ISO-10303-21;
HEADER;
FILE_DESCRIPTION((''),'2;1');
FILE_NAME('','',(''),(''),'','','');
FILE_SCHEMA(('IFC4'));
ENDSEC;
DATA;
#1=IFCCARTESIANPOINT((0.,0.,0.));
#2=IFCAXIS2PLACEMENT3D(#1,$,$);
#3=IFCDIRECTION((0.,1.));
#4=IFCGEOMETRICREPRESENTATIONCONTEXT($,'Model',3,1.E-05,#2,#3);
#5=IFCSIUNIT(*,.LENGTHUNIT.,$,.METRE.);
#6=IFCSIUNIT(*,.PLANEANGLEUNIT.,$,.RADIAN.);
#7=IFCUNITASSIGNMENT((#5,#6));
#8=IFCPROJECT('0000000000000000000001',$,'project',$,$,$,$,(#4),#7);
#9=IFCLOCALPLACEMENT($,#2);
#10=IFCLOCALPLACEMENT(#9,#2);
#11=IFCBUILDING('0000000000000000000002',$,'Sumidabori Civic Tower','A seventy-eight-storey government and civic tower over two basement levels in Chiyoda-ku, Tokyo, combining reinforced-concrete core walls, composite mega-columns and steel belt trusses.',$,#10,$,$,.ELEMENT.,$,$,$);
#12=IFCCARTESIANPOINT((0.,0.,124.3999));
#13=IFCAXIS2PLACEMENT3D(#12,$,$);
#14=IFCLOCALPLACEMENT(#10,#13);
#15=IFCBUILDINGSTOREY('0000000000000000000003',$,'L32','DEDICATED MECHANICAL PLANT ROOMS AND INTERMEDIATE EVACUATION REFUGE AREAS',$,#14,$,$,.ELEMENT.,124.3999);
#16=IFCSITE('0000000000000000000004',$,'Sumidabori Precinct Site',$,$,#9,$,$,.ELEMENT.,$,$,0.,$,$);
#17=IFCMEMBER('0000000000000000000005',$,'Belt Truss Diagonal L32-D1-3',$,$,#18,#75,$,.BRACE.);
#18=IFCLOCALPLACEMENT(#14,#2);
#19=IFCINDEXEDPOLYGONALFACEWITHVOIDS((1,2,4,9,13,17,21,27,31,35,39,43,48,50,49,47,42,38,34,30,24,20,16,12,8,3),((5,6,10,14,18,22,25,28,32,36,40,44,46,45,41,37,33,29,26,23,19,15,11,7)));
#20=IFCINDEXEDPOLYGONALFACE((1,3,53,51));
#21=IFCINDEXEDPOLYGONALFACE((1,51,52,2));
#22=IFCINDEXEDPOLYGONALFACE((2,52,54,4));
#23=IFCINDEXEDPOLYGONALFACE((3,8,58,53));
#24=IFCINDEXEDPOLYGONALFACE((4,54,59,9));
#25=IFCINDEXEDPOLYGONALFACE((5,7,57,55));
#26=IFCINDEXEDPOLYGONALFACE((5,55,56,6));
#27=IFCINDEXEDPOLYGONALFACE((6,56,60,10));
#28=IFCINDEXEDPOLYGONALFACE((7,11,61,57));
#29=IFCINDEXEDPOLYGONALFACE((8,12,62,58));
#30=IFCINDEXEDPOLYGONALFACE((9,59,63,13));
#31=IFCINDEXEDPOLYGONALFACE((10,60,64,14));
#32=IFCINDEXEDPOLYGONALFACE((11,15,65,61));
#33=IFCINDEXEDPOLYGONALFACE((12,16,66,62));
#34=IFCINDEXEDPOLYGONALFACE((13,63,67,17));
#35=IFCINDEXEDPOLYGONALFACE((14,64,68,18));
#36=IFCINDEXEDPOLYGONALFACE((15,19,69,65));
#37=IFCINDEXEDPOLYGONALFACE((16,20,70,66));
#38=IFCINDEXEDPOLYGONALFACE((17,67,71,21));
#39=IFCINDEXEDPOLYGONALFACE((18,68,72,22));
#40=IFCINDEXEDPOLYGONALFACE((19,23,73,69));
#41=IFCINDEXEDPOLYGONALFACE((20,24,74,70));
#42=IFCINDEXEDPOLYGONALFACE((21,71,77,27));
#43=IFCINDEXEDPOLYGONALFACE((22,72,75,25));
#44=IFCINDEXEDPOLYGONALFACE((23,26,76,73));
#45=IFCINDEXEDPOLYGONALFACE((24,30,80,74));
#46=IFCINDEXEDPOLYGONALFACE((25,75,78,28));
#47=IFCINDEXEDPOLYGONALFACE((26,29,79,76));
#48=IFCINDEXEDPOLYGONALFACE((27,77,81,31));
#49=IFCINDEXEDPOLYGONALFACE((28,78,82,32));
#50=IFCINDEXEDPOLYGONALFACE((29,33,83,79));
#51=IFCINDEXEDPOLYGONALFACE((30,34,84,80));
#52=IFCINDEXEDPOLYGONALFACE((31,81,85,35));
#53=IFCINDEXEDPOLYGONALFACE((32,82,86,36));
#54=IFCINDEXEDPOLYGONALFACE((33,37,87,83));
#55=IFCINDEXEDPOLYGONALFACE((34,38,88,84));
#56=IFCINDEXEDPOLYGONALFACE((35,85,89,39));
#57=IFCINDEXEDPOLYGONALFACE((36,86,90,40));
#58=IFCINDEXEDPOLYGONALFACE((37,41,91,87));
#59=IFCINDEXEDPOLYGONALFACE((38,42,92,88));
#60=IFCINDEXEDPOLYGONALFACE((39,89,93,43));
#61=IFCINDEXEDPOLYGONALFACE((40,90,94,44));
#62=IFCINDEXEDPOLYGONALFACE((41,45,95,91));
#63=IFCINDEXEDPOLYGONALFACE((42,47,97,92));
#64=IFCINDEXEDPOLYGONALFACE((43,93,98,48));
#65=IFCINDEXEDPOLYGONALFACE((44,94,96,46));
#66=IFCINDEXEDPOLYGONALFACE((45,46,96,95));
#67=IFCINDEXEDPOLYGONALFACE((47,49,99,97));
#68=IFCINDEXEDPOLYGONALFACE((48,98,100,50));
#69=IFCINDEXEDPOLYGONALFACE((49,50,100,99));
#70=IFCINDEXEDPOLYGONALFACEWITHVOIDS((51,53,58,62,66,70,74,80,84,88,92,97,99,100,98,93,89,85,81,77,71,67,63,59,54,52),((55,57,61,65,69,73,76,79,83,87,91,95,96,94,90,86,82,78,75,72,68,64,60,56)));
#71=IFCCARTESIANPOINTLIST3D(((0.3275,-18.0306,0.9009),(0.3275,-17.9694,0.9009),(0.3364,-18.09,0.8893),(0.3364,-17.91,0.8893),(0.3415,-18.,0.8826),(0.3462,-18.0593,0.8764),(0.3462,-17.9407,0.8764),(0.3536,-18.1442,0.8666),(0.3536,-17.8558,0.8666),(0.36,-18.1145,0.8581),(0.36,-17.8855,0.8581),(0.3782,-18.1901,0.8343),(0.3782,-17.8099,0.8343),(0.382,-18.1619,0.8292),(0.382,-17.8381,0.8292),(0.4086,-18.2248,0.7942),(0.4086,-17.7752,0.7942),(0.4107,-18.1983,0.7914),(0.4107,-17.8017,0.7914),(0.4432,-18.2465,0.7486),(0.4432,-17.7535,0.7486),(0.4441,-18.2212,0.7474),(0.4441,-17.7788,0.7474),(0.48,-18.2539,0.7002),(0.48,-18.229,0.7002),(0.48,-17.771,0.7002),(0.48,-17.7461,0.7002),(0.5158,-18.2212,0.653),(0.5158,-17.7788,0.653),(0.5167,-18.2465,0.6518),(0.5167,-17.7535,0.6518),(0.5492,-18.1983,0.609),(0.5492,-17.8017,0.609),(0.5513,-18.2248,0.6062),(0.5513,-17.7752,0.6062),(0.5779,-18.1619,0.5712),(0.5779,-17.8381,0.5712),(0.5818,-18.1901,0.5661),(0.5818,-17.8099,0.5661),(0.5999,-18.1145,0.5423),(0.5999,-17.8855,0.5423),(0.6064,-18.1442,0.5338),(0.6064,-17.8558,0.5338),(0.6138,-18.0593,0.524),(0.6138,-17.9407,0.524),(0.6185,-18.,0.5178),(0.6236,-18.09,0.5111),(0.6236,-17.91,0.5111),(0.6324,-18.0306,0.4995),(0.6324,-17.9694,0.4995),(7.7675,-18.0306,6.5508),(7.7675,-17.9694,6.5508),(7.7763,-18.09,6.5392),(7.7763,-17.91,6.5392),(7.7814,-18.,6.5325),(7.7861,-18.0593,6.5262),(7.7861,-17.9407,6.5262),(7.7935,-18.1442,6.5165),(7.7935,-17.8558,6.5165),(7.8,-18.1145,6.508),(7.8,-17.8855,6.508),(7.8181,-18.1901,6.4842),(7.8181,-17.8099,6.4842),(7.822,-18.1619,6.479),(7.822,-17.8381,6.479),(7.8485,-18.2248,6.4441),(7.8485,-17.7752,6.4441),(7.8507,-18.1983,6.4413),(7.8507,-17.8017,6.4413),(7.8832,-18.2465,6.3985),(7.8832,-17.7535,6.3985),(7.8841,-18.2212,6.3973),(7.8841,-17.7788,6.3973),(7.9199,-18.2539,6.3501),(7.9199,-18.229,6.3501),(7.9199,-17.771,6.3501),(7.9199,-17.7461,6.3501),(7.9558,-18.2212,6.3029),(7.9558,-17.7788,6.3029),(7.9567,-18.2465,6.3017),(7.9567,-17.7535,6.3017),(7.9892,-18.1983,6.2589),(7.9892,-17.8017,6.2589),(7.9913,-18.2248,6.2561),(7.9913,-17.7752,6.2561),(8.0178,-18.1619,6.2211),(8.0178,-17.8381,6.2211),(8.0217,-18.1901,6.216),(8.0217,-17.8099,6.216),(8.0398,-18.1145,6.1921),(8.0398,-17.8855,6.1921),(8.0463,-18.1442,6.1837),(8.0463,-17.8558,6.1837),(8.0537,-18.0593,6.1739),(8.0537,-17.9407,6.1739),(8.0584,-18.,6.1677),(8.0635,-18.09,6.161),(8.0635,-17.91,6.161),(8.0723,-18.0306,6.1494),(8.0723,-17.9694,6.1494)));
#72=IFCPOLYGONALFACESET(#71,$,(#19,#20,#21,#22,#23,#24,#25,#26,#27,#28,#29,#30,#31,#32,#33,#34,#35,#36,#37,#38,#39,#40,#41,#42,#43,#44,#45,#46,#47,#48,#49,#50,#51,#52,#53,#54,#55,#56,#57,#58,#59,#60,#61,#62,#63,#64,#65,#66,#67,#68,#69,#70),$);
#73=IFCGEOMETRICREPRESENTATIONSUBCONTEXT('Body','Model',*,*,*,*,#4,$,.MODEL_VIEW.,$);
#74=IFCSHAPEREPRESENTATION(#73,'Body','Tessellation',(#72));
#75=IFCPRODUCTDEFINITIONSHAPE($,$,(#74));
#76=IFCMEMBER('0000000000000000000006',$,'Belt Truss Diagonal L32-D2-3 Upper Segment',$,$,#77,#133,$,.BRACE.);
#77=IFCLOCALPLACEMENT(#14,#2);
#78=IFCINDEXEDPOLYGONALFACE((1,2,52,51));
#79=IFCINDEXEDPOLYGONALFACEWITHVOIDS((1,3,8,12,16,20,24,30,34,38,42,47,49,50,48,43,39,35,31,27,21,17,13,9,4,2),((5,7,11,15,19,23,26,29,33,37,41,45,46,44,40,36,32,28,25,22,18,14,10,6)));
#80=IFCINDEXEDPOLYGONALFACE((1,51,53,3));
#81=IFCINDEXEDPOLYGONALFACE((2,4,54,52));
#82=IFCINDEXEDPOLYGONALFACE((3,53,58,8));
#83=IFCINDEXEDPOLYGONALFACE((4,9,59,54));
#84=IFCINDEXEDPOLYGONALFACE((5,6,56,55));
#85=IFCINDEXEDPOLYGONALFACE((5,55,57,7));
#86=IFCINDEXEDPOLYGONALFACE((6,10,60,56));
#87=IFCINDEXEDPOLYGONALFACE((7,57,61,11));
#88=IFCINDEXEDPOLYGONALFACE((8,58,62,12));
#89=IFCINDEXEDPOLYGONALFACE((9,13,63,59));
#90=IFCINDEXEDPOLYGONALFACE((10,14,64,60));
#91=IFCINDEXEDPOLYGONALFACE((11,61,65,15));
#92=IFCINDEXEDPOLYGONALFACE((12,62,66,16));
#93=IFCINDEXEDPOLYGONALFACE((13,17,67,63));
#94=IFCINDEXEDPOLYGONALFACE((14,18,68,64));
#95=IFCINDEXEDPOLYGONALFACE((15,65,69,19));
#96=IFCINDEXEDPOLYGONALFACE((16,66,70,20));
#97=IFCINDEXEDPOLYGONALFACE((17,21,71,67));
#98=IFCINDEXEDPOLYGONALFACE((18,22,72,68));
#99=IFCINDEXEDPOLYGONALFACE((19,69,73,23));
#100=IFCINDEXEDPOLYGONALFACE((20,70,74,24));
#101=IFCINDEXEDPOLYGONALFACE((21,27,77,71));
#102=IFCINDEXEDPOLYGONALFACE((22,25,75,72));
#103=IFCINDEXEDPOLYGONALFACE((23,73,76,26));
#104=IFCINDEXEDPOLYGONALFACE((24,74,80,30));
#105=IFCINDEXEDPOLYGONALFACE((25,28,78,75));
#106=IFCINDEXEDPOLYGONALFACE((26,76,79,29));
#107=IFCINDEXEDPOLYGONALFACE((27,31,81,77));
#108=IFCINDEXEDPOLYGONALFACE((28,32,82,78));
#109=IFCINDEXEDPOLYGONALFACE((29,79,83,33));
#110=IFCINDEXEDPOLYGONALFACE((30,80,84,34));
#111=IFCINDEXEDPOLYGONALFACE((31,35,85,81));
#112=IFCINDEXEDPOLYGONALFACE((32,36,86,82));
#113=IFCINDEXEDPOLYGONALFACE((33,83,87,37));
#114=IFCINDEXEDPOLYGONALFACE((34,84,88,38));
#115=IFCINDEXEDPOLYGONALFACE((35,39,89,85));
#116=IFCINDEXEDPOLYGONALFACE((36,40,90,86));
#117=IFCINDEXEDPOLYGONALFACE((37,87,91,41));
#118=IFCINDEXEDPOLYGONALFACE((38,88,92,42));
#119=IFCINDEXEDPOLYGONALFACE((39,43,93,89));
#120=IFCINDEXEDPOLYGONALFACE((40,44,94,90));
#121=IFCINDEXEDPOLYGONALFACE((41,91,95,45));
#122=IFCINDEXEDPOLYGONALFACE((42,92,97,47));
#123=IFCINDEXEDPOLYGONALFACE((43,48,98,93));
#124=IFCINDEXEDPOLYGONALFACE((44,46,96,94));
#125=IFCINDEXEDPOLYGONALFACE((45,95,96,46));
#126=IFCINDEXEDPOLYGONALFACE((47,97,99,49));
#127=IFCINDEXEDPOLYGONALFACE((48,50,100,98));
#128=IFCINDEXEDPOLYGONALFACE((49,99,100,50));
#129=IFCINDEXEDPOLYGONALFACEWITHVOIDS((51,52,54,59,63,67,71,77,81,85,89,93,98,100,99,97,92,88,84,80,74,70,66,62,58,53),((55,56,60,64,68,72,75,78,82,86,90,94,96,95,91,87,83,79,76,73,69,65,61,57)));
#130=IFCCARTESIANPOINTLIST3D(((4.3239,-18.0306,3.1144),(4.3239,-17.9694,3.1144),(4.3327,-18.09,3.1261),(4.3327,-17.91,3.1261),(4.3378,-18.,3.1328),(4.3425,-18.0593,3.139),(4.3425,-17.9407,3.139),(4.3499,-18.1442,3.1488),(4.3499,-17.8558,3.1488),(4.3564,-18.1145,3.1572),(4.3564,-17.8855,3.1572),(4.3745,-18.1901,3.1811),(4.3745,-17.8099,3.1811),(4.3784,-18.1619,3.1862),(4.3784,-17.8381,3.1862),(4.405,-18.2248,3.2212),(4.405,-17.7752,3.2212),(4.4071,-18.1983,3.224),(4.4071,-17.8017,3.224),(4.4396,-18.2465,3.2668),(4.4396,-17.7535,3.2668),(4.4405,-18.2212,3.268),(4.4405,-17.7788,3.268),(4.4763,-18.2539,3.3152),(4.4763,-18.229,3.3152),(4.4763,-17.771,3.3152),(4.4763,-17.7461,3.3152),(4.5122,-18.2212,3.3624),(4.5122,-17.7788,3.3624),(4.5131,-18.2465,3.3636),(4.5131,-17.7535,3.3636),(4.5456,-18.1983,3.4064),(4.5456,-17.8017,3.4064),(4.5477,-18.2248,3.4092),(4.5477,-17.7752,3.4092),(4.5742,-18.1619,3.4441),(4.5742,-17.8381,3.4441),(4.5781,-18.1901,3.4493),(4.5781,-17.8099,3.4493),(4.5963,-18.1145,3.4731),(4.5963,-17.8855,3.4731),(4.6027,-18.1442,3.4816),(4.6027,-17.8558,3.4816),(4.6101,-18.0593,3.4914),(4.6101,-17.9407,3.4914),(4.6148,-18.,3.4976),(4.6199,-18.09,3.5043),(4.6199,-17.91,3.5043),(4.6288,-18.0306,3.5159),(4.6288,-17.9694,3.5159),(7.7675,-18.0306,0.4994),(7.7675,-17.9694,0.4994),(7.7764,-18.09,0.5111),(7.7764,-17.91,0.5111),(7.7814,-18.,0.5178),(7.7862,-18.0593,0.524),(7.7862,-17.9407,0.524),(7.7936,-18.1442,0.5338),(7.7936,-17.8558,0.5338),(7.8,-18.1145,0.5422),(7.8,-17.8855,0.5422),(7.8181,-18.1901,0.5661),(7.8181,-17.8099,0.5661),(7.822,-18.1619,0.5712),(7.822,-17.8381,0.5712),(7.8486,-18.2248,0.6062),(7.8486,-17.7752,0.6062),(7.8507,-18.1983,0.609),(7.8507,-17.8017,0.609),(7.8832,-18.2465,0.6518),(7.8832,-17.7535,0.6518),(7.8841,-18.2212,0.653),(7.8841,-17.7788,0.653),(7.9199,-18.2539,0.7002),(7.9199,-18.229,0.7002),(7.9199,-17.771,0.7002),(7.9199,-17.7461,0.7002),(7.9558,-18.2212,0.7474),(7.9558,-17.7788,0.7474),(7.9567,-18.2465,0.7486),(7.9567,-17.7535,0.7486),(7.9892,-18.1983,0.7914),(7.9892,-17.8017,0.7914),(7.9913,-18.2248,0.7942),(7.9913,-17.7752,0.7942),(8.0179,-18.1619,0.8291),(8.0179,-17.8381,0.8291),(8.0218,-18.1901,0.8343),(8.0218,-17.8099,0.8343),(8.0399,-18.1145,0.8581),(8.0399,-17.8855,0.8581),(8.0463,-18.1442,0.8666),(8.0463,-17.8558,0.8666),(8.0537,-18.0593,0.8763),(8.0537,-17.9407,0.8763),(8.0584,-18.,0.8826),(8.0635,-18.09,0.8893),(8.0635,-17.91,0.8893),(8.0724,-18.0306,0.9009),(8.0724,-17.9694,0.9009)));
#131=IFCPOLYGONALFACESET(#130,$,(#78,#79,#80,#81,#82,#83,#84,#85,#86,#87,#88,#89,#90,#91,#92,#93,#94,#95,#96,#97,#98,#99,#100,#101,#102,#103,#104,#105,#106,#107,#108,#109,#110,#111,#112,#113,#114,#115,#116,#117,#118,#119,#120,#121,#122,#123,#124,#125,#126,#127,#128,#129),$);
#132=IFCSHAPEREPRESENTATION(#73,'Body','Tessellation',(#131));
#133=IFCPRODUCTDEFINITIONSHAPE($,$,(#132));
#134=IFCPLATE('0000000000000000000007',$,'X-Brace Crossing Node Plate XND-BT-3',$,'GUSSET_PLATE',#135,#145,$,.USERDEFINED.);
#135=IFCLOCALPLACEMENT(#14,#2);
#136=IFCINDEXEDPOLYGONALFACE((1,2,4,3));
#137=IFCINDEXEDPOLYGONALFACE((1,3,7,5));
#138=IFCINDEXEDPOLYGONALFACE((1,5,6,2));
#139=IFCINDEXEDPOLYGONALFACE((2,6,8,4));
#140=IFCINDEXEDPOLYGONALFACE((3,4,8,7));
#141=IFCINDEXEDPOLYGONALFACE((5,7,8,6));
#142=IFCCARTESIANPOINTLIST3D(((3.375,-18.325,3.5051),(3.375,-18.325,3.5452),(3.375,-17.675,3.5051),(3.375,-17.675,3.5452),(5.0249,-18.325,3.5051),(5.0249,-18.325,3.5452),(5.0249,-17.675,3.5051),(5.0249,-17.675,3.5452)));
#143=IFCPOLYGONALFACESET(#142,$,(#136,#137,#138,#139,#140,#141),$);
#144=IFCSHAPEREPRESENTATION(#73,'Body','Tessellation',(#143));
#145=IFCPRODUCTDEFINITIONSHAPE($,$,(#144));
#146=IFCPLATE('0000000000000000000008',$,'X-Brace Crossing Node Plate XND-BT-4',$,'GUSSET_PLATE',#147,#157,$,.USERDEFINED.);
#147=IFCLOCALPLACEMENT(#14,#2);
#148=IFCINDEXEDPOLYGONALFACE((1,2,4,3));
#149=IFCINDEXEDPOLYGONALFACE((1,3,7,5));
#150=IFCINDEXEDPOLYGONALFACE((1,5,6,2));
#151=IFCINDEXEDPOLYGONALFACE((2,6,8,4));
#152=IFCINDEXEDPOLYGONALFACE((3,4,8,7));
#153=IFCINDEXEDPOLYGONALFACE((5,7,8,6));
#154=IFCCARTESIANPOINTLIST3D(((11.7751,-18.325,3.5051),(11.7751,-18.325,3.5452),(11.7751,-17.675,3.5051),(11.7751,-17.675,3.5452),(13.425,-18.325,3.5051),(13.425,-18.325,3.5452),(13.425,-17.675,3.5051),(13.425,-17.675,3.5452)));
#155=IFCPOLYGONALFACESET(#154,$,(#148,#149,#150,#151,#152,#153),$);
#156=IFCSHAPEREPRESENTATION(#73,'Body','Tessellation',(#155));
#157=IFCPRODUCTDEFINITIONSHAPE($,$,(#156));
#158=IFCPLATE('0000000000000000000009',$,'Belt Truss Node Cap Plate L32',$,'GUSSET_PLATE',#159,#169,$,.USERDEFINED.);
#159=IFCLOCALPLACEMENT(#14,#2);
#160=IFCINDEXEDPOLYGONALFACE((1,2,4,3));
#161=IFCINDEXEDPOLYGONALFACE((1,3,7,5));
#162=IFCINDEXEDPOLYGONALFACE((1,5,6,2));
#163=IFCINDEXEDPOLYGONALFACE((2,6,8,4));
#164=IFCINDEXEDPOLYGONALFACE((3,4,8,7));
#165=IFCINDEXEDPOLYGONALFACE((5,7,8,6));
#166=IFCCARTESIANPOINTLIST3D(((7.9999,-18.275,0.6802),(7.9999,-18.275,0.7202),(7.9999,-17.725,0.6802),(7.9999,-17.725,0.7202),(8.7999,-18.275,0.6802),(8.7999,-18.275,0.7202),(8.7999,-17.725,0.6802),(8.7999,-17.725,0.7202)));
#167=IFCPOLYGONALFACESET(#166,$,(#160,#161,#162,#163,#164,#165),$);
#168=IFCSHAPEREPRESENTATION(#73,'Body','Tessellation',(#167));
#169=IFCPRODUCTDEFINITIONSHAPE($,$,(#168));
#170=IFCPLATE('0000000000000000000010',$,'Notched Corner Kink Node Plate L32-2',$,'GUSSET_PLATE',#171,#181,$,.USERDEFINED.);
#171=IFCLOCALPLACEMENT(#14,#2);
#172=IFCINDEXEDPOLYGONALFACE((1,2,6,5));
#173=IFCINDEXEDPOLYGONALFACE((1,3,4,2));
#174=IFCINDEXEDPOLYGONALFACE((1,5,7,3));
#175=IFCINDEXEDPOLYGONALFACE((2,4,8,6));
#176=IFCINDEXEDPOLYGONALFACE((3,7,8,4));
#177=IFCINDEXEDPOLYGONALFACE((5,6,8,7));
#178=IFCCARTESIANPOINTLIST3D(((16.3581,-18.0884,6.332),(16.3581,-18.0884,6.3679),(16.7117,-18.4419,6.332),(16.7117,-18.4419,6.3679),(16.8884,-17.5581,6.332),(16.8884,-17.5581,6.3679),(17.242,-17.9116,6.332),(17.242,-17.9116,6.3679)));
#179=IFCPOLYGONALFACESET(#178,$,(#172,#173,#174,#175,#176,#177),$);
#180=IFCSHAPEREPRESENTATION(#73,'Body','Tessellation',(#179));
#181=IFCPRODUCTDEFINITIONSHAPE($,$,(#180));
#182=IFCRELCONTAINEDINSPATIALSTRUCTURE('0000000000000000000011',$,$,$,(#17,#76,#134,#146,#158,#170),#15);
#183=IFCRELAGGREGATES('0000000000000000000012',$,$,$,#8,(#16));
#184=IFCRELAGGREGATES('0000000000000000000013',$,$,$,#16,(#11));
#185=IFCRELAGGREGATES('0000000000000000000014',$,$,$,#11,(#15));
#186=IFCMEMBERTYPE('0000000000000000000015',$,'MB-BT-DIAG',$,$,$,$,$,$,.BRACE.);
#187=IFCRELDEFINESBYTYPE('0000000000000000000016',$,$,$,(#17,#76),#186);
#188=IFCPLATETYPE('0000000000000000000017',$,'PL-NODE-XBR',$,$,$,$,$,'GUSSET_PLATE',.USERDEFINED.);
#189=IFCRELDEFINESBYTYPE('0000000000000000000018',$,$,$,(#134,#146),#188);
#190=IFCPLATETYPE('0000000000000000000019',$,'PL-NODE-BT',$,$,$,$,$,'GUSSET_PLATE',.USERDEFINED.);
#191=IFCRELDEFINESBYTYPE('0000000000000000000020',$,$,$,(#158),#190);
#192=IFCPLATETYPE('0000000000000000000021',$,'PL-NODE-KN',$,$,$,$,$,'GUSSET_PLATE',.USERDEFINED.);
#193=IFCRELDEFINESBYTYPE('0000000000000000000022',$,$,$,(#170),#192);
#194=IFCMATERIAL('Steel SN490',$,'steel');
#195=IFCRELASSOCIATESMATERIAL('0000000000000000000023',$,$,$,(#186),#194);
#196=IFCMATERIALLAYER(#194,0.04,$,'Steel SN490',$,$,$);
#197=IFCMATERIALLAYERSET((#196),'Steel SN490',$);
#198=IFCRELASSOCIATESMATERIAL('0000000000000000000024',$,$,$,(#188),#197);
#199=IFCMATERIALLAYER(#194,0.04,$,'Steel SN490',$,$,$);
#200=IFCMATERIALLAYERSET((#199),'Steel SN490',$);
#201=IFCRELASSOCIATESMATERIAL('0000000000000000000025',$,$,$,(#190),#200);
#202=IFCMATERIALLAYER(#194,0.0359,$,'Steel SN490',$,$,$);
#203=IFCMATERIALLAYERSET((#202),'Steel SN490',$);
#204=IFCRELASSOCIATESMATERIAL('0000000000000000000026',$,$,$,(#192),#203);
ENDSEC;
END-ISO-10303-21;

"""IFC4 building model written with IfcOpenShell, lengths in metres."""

from ifc_helpers import new_model, si_unit, direction, frame, origin, origin_2d, place, context, subcontext, project, spatial, rectangle, hollow_circle, extrude, source, transform, mapped, material, layer, layer_set, material_profile, profile_set, type_object, element, save


model = new_model("IFC4")

# Units and contexts
model_context = context("Model", 3, precision=1e-05, world=origin(), true_north=direction((0.0, 1.0)))
body_context = subcontext(model_context, "Body", "Model", "MODEL_VIEW")
ifc_project = project(units=[si_unit("LENGTHUNIT", "METRE"), si_unit("PLANEANGLEUNIT", "RADIAN")], contexts=[model_context])

# Site, building, storey
site_placement = place(None, origin())
site = spatial("IfcSite", under=ifc_project, at=site_placement, Name="Sumidabori Precinct Site", CompositionType="ELEMENT", RefElevation=0.0)
building_placement = place(site_placement, origin())
building = spatial("IfcBuilding", under=site, at=building_placement, Name="Sumidabori Civic Tower", Description="A seventy-eight-storey government and civic tower over two basement levels in Chiyoda-ku, Tokyo, combining reinforced-concrete core walls, composite mega-columns and steel belt trusses.", CompositionType="ELEMENT")
storey_placement = place(building_placement, frame((0.0, 0.0, 124.3999)))
storey = spatial("IfcBuildingStorey", under=building, at=storey_placement, Name="L32", Description="DEDICATED MECHANICAL PLANT ROOMS AND INTERMEDIATE EVACUATION REFUGE AREAS", CompositionType="ELEMENT", Elevation=124.3999)

# Shared definitions
ifc_material_1 = material(Name="Steel SN490", Category="steel")

# Shared definitions
ifc_material_profile_1 = material_profile(ifc_material_1, hollow_circle(Radius=0.2539, WallThickness=0.0249, at=origin_2d()), Name="CHS 508x25")
ifc_profile_set_1 = profile_set([ifc_material_profile_1], Name="Steel SN490")
member_type = type_object("IfcMemberType", Name="MB-BT-DIAG", PredefinedType="BRACE", material=ifc_profile_set_1)

# Members
shared_shape_1 = source(origin(), body_context, "Body", "SweptSolid", [
    extrude(hollow_circle(Radius=0.2539, WallThickness=0.0249, at=origin_2d()), origin(), (0.0, 0.0, 1.0), 9.342),
])
member_1_placement = place(storey_placement, frame((0.48, -18.0, 0.7002), z_axis=(0.796392, 0.0, 0.604781), x_axis=(0.0, 1.0, 0.0)))
element("IfcMember", 1, at=member_1_placement, inside=storey, type_object=member_type, Name="Belt Truss Diagonal L32-D1-3", PredefinedType="BRACE", context=body_context, shape_type="MappedRepresentation", body=[
    mapped(shared_shape_1, transform((0.0, 0.0, 0.0), x_axis=(1.0, 0.0, 0.0), y_axis=(0.0, 1.0, 0.0), z_axis=(0.0, 0.0, 1.0), scale=1.0)),
])
shared_shape_2 = source(origin(), body_context, "Body", "SweptSolid", [
    extrude(hollow_circle(Radius=0.2539, WallThickness=0.0249, at=origin_2d()), origin(), (0.0, 0.0, 1.0), 4.324),
])
member_2_placement = place(storey_placement, frame((4.4763, -18.0, 3.3152), z_axis=(0.796401, 0.0, -0.604768), x_axis=(0.0, 1.0, 0.0)))
element("IfcMember", 2, at=member_2_placement, inside=storey, type_object=member_type, Name="Belt Truss Diagonal L32-D2-3 Upper Segment", PredefinedType="BRACE", context=body_context, shape_type="MappedRepresentation", body=[
    mapped(shared_shape_2, transform((0.0, 0.0, 0.0), x_axis=(1.0, 0.0, 0.0), y_axis=(0.0, 1.0, 0.0), z_axis=(0.0, 0.0, 1.0), scale=1.0)),
])

# Plates
ifc_layer_1 = layer(ifc_material_1, 0.04, Name="Steel SN490")
ifc_layer_set_1 = layer_set([ifc_layer_1], Name="Steel SN490")
plate_type_1 = type_object("IfcPlateType", Name="PL-NODE-XBR", ElementType="GUSSET_PLATE", PredefinedType="USERDEFINED", material=ifc_layer_set_1)
shared_shape_3 = source(origin(), body_context, "Body", "SweptSolid", [
    extrude(rectangle(XDim=1.6499, YDim=0.6499, at=origin_2d()), origin(), (0.0, 0.0, 1.0), 0.04),
])
for number, where, z_axis, x_axis, name in (
    (3, (4.2, -18.0, 3.5051), (0.0, 0.0, 1.0), (1.0, 0.0, 0.0), "X-Brace Crossing Node Plate XND-BT-3"),
    (4, (12.6001, -18.0, 3.5051), (0.0, 0.0, 1.0), (1.0, 0.0, 0.0), "X-Brace Crossing Node Plate XND-BT-4"),
):
    element("IfcPlate", number, at=place(storey_placement, frame(where, z_axis=z_axis, x_axis=x_axis)), inside=storey, type_object=plate_type_1, Name=name, ObjectType="GUSSET_PLATE", PredefinedType="USERDEFINED", context=body_context, shape_type="MappedRepresentation", body=[
        mapped(shared_shape_3, transform((0.0, 0.0, 0.0), x_axis=(1.0, 0.0, 0.0), y_axis=(0.0, 1.0, 0.0), z_axis=(0.0, 0.0, 1.0), scale=1.0)),
    ])
ifc_layer_2 = layer(ifc_material_1, 0.04, Name="Steel SN490")
ifc_layer_set_2 = layer_set([ifc_layer_2], Name="Steel SN490")
plate_type_2 = type_object("IfcPlateType", Name="PL-NODE-BT", ElementType="GUSSET_PLATE", PredefinedType="USERDEFINED", material=ifc_layer_set_2)
shared_shape_4 = source(origin(), body_context, "Body", "SweptSolid", [
    extrude(rectangle(XDim=0.8, YDim=0.55, at=origin_2d()), origin(), (0.0, 0.0, 1.0), 0.04),
])
plate_1_placement = place(storey_placement, frame((8.3999, -18.0, 0.6802), z_axis=(0.0, 0.0, 1.0), x_axis=(1.0, 0.0, 0.0)))
element("IfcPlate", 5, at=plate_1_placement, inside=storey, type_object=plate_type_2, Name="Belt Truss Node Cap Plate L32", ObjectType="GUSSET_PLATE", PredefinedType="USERDEFINED", context=body_context, shape_type="MappedRepresentation", body=[
    mapped(shared_shape_4, transform((0.0, 0.0, 0.0), x_axis=(1.0, 0.0, 0.0), y_axis=(0.0, 1.0, 0.0), z_axis=(0.0, 0.0, 1.0), scale=1.0)),
])
ifc_layer_3 = layer(ifc_material_1, 0.0359, Name="Steel SN490")
ifc_layer_set_3 = layer_set([ifc_layer_3], Name="Steel SN490")
plate_type_3 = type_object("IfcPlateType", Name="PL-NODE-KN", ElementType="GUSSET_PLATE", PredefinedType="USERDEFINED", material=ifc_layer_set_3)
shared_shape_5 = source(origin(), body_context, "Body", "SweptSolid", [
    extrude(rectangle(XDim=0.75, YDim=0.5, at=origin_2d()), origin(), (0.0, 0.0, 1.0), 0.0359),
])
plate_2_placement = place(storey_placement, frame((16.8, -18.0, 6.332), z_axis=(0.0, 0.0, 1.0), x_axis=(0.707107, 0.707107, 0.0)))
element("IfcPlate", 6, at=plate_2_placement, inside=storey, type_object=plate_type_3, Name="Notched Corner Kink Node Plate L32-2", ObjectType="GUSSET_PLATE", PredefinedType="USERDEFINED", context=body_context, shape_type="MappedRepresentation", body=[
    mapped(shared_shape_5, transform((0.0, 0.0, 0.0), x_axis=(1.0, 0.0, 0.0), y_axis=(0.0, 1.0, 0.0), z_axis=(0.0, 0.0, 1.0), scale=1.0)),
])

save(model, "model.ifc")
